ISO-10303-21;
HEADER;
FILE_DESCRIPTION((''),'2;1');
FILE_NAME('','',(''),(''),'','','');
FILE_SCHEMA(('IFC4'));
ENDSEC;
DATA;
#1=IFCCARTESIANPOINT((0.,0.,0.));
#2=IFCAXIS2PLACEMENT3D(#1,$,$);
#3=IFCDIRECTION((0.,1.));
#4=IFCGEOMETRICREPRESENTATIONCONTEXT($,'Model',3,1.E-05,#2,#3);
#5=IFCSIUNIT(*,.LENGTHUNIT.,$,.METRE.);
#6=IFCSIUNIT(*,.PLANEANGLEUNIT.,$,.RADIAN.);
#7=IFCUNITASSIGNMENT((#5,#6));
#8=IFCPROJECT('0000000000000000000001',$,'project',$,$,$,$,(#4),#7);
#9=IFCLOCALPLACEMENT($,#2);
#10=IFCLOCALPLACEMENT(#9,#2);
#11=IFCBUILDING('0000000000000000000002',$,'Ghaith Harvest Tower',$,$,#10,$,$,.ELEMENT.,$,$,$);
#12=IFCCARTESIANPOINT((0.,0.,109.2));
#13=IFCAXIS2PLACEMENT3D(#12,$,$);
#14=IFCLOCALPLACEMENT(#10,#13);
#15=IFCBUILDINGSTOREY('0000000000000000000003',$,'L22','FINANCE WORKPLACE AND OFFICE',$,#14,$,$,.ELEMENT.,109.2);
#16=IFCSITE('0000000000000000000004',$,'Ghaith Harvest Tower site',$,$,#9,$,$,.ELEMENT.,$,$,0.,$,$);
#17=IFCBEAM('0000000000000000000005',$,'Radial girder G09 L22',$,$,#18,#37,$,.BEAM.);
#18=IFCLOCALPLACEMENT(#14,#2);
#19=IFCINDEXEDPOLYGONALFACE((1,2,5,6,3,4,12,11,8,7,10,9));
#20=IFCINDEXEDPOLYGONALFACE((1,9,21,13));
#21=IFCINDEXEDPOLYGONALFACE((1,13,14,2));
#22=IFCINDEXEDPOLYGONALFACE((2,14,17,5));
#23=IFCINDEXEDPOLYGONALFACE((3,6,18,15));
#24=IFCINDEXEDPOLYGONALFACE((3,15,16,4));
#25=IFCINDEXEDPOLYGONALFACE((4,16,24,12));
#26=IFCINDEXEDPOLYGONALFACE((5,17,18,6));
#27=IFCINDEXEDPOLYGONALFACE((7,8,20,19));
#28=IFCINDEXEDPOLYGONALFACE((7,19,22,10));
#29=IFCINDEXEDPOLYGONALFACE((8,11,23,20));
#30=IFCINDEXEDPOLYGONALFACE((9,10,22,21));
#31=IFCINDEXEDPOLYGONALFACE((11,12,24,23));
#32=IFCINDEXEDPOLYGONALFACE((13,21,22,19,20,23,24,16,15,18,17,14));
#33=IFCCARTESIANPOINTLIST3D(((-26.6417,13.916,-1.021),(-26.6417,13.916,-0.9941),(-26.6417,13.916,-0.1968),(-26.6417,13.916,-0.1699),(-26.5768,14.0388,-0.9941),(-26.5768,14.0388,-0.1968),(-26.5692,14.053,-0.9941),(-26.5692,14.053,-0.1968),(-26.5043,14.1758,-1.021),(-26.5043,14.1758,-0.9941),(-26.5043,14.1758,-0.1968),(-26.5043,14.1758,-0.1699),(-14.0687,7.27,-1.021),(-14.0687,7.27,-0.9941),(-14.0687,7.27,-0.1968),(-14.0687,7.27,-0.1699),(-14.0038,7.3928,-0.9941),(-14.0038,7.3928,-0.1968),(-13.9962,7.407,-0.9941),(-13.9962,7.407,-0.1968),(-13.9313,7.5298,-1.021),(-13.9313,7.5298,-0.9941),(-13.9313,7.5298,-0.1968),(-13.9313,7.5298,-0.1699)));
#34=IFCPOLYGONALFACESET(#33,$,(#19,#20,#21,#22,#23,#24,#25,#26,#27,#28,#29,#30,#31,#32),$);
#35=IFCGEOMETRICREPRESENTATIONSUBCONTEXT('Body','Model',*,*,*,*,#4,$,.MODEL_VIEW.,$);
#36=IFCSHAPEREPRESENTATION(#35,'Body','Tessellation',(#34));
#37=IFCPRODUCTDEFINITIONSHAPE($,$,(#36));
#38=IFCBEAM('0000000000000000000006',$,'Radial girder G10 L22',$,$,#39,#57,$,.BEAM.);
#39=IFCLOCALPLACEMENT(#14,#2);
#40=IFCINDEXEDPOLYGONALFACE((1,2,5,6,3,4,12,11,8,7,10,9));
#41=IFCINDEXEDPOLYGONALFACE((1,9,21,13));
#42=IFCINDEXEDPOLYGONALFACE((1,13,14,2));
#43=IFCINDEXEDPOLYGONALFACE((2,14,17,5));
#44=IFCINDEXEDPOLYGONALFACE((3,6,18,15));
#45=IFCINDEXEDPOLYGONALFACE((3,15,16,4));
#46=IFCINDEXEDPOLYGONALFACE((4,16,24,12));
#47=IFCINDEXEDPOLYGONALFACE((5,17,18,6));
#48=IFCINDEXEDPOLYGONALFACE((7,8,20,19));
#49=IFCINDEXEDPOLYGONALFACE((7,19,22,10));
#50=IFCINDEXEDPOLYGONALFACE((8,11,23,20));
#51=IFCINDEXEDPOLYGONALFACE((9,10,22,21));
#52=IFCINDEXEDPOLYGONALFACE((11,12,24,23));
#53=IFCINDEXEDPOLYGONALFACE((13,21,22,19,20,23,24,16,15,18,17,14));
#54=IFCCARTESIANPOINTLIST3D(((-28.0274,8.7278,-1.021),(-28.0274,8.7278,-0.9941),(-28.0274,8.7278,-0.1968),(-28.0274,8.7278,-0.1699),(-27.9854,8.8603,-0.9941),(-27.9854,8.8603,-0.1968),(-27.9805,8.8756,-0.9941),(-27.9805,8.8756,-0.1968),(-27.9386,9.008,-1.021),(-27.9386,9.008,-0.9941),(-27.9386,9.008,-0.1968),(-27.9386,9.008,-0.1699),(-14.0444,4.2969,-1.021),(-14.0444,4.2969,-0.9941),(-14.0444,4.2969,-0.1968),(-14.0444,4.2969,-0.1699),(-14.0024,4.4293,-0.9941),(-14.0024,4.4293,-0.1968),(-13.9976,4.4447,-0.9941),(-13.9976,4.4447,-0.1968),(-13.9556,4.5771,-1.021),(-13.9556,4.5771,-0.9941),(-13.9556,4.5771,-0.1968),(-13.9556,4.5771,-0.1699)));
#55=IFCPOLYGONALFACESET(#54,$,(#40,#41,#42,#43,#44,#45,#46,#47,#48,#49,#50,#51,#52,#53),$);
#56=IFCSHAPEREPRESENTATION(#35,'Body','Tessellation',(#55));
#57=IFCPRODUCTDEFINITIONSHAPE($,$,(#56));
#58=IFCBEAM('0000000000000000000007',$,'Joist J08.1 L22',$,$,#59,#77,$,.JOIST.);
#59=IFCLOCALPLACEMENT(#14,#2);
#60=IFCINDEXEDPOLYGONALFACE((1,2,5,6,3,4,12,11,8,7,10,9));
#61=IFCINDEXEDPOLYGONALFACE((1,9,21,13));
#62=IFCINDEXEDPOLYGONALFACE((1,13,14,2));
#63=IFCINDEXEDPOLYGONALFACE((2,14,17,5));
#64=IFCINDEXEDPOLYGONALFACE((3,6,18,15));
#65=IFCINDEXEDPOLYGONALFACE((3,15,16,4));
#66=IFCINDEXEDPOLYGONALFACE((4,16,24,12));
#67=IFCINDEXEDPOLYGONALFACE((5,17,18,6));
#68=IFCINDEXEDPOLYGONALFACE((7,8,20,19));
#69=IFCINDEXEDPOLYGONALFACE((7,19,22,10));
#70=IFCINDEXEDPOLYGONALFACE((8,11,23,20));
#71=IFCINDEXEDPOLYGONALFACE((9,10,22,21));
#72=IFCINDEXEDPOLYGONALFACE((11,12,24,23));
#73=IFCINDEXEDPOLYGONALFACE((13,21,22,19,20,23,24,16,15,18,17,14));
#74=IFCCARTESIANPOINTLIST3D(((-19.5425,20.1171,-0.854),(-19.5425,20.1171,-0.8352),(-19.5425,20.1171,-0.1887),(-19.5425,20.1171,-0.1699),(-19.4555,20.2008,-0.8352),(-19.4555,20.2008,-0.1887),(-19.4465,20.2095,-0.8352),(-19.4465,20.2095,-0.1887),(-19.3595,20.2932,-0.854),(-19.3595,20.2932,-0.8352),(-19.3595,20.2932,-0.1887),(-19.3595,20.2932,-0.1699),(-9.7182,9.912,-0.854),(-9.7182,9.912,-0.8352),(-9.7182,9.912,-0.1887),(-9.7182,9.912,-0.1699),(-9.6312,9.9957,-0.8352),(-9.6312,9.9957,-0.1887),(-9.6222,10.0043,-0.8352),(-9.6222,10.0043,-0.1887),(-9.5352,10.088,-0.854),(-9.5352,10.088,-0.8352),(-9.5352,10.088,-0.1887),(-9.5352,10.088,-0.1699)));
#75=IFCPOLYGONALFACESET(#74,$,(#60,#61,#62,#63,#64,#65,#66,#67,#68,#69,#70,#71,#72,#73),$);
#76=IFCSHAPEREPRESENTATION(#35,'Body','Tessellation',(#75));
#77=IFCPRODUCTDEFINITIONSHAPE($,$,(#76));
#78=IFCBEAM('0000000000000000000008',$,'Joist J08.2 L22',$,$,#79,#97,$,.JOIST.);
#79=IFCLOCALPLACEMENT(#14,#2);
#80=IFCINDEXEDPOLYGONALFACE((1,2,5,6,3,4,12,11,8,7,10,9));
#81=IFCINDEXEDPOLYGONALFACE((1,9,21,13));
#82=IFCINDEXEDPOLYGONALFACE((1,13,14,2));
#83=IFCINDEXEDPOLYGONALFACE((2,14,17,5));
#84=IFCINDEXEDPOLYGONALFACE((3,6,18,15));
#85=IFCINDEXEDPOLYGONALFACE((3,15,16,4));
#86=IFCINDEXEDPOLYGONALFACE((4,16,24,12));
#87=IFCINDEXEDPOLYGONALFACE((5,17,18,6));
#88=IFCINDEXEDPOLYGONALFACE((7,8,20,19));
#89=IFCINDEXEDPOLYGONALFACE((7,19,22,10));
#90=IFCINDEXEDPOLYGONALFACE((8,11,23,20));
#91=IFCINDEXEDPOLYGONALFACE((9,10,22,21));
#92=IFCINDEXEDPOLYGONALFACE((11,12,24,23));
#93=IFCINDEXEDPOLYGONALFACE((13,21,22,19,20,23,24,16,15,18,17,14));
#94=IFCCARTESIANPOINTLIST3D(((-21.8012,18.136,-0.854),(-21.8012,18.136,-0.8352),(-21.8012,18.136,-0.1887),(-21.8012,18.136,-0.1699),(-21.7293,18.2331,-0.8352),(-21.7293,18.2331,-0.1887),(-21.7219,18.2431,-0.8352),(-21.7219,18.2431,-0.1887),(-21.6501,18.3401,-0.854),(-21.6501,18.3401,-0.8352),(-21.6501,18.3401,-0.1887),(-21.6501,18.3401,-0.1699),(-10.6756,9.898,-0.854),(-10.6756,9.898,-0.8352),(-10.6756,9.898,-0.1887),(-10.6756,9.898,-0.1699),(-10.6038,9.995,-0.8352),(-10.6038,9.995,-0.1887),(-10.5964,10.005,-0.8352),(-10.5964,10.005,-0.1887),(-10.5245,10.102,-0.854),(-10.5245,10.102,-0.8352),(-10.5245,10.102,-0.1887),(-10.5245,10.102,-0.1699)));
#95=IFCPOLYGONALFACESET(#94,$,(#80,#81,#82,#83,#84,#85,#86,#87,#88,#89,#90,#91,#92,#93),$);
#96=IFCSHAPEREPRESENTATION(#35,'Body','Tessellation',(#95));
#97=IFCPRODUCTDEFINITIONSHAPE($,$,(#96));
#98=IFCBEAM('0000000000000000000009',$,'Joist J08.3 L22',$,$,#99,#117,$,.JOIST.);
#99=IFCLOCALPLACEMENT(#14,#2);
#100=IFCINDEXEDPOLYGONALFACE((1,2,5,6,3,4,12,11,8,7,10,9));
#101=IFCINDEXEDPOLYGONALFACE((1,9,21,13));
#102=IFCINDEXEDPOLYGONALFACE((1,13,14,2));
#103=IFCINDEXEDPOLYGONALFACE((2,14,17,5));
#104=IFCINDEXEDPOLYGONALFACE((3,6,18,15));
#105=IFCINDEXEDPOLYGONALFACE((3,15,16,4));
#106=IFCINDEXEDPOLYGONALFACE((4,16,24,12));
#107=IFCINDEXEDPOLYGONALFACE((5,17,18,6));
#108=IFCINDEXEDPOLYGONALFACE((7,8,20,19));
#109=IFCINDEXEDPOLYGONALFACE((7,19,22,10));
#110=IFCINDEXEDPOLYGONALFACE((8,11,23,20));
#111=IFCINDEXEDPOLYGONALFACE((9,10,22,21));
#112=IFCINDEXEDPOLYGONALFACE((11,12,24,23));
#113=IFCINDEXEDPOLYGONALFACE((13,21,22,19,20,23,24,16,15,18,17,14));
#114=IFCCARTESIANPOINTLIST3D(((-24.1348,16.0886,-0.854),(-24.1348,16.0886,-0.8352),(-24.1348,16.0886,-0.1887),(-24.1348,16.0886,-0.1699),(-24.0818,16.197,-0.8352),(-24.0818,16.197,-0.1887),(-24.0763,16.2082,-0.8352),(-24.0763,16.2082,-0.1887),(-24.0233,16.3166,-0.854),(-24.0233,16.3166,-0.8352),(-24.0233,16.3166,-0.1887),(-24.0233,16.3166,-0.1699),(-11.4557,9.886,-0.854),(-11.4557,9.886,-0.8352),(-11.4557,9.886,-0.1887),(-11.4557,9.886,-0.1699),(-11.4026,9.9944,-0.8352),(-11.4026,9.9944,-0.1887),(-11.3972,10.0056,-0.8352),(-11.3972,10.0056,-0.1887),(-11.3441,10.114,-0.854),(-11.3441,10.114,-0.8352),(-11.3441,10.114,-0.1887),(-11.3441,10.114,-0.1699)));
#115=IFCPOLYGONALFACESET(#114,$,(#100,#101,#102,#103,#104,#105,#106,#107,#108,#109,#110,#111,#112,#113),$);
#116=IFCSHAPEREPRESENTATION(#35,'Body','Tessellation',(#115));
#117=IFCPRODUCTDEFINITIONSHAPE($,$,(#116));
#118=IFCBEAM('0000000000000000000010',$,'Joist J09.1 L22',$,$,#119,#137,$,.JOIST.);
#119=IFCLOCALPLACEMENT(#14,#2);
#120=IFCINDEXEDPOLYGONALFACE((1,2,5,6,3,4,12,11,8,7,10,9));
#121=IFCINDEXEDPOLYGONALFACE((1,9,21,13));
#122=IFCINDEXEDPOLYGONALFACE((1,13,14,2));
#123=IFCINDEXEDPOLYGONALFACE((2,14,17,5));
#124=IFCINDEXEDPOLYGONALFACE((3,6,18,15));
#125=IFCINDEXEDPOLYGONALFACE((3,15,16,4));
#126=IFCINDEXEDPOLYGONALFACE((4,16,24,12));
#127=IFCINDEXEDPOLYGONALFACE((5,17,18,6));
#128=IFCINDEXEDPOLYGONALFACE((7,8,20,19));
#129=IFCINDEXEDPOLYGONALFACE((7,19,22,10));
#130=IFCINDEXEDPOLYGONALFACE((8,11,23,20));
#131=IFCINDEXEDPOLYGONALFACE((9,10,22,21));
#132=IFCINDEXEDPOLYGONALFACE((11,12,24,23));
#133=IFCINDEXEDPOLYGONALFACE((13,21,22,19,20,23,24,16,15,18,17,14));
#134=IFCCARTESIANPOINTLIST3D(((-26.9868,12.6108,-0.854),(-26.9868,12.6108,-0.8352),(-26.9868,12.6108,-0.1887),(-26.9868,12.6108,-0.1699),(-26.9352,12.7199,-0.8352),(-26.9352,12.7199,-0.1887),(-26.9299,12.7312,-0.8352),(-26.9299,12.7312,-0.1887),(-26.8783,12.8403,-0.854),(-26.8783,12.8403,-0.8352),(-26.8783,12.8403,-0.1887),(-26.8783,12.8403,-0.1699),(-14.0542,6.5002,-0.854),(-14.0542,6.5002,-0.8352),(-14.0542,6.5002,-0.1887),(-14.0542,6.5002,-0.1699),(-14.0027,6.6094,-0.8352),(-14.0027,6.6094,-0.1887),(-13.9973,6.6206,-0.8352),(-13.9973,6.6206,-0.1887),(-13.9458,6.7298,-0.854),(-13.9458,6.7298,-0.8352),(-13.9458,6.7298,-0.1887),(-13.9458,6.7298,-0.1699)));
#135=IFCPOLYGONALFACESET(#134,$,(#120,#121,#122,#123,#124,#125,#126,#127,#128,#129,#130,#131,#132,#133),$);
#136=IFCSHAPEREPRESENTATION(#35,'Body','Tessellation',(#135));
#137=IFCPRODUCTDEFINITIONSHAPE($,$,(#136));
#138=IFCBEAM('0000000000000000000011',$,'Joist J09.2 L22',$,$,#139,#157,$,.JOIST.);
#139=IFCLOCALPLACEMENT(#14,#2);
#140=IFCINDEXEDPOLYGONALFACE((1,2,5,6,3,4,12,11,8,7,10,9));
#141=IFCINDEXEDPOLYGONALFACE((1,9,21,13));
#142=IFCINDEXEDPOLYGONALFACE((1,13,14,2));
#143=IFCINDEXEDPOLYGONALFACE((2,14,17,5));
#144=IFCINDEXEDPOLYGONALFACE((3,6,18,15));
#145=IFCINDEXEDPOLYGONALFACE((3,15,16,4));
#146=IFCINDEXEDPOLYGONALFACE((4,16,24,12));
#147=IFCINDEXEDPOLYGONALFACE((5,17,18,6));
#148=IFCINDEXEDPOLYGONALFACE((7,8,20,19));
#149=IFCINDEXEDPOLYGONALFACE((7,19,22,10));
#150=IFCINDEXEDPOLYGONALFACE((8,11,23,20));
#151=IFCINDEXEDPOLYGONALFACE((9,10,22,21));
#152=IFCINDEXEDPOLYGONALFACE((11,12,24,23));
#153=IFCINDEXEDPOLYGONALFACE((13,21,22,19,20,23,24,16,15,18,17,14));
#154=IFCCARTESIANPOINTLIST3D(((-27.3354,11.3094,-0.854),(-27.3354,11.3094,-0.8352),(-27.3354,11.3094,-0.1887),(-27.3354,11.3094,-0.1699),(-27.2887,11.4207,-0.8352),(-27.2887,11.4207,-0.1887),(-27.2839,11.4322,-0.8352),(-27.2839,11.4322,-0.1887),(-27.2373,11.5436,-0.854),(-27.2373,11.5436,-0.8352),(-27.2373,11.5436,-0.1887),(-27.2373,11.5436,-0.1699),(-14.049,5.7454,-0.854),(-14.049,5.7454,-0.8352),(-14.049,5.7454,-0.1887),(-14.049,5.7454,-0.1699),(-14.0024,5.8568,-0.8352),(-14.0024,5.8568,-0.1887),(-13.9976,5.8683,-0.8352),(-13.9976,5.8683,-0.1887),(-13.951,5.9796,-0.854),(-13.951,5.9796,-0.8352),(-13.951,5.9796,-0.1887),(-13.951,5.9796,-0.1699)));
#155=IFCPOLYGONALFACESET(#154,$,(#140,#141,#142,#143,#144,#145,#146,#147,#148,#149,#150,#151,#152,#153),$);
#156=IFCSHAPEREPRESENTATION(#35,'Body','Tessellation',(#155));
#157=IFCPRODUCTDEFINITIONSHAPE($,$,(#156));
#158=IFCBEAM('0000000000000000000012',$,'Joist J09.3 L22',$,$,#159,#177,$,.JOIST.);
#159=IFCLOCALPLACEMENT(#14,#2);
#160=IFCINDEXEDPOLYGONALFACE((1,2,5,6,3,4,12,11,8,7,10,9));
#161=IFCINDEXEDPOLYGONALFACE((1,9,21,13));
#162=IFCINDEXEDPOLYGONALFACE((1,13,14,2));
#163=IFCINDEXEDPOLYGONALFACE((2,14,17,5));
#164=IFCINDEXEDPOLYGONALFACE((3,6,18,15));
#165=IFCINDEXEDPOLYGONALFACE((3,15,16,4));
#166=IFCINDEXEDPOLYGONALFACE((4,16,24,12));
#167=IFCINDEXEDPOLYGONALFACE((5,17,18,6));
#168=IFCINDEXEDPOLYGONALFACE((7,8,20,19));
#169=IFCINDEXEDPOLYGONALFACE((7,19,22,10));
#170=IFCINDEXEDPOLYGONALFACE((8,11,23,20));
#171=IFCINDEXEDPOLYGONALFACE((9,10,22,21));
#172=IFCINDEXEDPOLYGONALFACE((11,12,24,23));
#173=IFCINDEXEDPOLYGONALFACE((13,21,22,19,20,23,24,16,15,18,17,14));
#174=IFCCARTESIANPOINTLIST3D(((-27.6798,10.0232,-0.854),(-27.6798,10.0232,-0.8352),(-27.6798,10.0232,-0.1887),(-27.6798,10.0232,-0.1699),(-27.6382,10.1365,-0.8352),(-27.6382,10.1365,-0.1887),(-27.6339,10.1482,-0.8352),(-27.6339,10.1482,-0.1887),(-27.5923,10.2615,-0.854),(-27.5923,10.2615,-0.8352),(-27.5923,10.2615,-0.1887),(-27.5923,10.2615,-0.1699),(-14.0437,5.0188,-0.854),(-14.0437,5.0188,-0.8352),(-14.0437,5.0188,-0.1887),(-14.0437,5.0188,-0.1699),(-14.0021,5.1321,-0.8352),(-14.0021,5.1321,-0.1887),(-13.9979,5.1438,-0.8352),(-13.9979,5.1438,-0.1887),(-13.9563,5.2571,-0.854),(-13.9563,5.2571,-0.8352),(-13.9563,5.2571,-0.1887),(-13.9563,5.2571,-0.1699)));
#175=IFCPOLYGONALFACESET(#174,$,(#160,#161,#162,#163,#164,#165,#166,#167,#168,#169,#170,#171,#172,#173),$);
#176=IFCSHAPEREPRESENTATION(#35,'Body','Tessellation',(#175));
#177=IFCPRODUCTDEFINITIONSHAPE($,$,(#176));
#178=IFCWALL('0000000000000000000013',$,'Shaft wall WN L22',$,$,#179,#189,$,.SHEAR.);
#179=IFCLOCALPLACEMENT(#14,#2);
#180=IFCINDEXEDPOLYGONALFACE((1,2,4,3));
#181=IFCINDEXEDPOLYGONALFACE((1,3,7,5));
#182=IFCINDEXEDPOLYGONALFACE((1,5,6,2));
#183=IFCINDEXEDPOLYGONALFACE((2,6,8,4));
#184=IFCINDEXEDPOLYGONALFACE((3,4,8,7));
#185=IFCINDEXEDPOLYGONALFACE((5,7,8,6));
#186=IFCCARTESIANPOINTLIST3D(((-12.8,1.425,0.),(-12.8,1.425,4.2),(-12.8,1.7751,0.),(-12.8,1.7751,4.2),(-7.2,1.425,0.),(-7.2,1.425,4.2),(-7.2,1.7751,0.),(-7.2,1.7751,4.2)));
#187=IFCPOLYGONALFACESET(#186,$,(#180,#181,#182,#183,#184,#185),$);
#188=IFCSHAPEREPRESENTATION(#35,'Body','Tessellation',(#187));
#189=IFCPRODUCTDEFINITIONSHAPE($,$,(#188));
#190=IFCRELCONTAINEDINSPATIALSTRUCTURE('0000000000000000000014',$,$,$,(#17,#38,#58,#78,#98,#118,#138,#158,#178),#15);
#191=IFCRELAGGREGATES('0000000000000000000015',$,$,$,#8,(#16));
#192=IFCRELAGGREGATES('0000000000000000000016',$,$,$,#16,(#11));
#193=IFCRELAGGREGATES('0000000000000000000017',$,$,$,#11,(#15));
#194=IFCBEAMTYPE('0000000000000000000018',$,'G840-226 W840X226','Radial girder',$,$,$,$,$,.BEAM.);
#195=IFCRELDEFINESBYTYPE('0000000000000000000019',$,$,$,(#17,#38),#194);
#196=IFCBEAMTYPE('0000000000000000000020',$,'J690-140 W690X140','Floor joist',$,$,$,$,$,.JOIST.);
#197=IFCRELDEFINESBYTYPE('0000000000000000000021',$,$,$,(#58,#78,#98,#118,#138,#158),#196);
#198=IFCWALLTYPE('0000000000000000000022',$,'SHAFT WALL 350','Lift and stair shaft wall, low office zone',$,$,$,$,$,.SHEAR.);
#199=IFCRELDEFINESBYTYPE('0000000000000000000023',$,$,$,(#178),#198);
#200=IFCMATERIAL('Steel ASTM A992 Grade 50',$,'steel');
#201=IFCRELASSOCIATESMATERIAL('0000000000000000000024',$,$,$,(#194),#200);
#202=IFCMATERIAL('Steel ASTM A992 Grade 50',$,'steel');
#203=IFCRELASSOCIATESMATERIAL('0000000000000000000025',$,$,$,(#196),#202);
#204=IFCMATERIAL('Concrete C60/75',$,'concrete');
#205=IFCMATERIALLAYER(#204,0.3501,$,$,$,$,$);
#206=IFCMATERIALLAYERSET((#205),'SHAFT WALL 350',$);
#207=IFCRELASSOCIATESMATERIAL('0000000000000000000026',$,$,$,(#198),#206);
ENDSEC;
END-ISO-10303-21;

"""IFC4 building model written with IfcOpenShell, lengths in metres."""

from ifc_helpers import new_model, si_unit, direction, frame, frame_2d, origin, origin_2d, place, context, subcontext, project, spatial, rectangle, i_section, extrude, material, layer, layer_set, material_profile, profile_set, type_object, element, save


model = new_model("IFC4")

# Units and contexts
model_context = context("Model", 3, precision=1e-05, world=origin(), true_north=direction((0.0, 1.0)))
body_context = subcontext(model_context, "Body", "Model", "MODEL_VIEW")
ifc_project = project(units=[si_unit("LENGTHUNIT", "METRE"), si_unit("PLANEANGLEUNIT", "RADIAN")], contexts=[model_context])

# Site, building, storey
site_placement = place(None, origin())
site = spatial("IfcSite", under=ifc_project, at=site_placement, Name="Ghaith Harvest Tower site", CompositionType="ELEMENT", RefElevation=0.0)
building_placement = place(site_placement, origin())
building = spatial("IfcBuilding", under=site, at=building_placement, Name="Ghaith Harvest Tower", CompositionType="ELEMENT")
storey_placement = place(building_placement, frame((0.0, 0.0, 109.2)))
storey = spatial("IfcBuildingStorey", under=building, at=storey_placement, Name="L22", Description="FINANCE WORKPLACE AND OFFICE", CompositionType="ELEMENT", Elevation=109.2)

# Beams
ifc_material_1 = material(Name="Steel ASTM A992 Grade 50", Category="steel")
ifc_material_profile_1 = material_profile(ifc_material_1, i_section(OverallWidth=0.2939, OverallDepth=0.8511, WebThickness=0.0161, FlangeThickness=0.0269, at=origin_2d()), Name="W840X226")
ifc_profile_set_1 = profile_set([ifc_material_profile_1], Name="Steel ASTM A992 Grade 50")
beam_type_1 = type_object("IfcBeamType", Name="G840-226 W840X226", Description="Radial girder", PredefinedType="BEAM", material=ifc_profile_set_1)
beam_1_placement = place(storey_placement, frame((-14.0, 7.3999, -0.5955), z_axis=(-0.884087, 0.467322, 0.0), x_axis=(-0.467322, -0.884087, 0.0)))
element("IfcBeam", 1, at=beam_1_placement, inside=storey, type_object=beam_type_1, Name="Radial girder G09 L22", PredefinedType="BEAM", context=body_context, shape_type="SweptSolid", body=[
    extrude(i_section(OverallWidth=0.2939, OverallDepth=0.8511, WebThickness=0.0161, FlangeThickness=0.0269, at=origin_2d()), origin(), (0.0, 0.0, 1.0), 14.2214),
])
beam_2_placement = place(storey_placement, frame((-14.0, 4.437, -0.5955), z_axis=(-0.953284, 0.302077, 0.0), x_axis=(-0.302077, -0.953284, 0.0)))
element("IfcBeam", 2, at=beam_2_placement, inside=storey, type_object=beam_type_1, Name="Radial girder G10 L22", PredefinedType="BEAM", context=body_context, shape_type="SweptSolid", body=[
    extrude(i_section(OverallWidth=0.2939, OverallDepth=0.8511, WebThickness=0.0161, FlangeThickness=0.0269, at=origin_2d()), origin(), (0.0, 0.0, 1.0), 14.6682),
])
ifc_material_2 = material(Name="Steel ASTM A992 Grade 50", Category="steel")
ifc_material_profile_2 = material_profile(ifc_material_2, i_section(OverallWidth=0.2539, OverallDepth=0.6841, WebThickness=0.0125, FlangeThickness=0.0188, at=origin_2d()), Name="W690X140")
ifc_profile_set_2 = profile_set([ifc_material_profile_2], Name="Steel ASTM A992 Grade 50")
beam_type_2 = type_object("IfcBeamType", Name="J690-140 W690X140", Description="Floor joist", PredefinedType="JOIST", material=ifc_profile_set_2)
beam_3_placement = place(storey_placement, frame((-9.6267, 10.0, -0.512), z_axis=(-0.693536, 0.720422, 0.0), x_axis=(-0.720422, -0.693536, 0.0)))
element("IfcBeam", 3, at=beam_3_placement, inside=storey, type_object=beam_type_2, Name="Joist J08.1 L22", PredefinedType="JOIST", context=body_context, shape_type="SweptSolid", body=[
    extrude(i_section(OverallWidth=0.2539, OverallDepth=0.6841, WebThickness=0.0125, FlangeThickness=0.0188, at=origin_2d()), origin(), (0.0, 0.0, 1.0), 14.1655),
])
beam_4_placement = place(storey_placement, frame((-10.6001, 10.0, -0.512), z_axis=(-0.803663, 0.595085, 0.0), x_axis=(-0.595085, -0.803663, 0.0)))
element("IfcBeam", 4, at=beam_4_placement, inside=storey, type_object=beam_type_2, Name="Joist J08.2 L22", PredefinedType="JOIST", context=body_context, shape_type="SweptSolid", body=[
    extrude(i_section(OverallWidth=0.2539, OverallDepth=0.6841, WebThickness=0.0125, FlangeThickness=0.0188, at=origin_2d()), origin(), (0.0, 0.0, 1.0), 13.8435),
])
beam_5_placement = place(storey_placement, frame((-11.3999, 10.0, -0.512), z_axis=(-0.898275, 0.439434, 0.0), x_axis=(-0.439434, -0.898275, 0.0)))
element("IfcBeam", 5, at=beam_5_placement, inside=storey, type_object=beam_type_2, Name="Joist J08.3 L22", PredefinedType="JOIST", context=body_context, shape_type="SweptSolid", body=[
    extrude(i_section(OverallWidth=0.2539, OverallDepth=0.6841, WebThickness=0.0125, FlangeThickness=0.0188, at=origin_2d()), origin(), (0.0, 0.0, 1.0), 14.115),
])
beam_6_placement = place(storey_placement, frame((-14.0, 6.615, -0.512), z_axis=(-0.904153, 0.427208, 0.0), x_axis=(-0.427208, -0.904153, 0.0)))
element("IfcBeam", 6, at=beam_6_placement, inside=storey, type_object=beam_type_2, Name="Joist J09.1 L22", PredefinedType="JOIST", context=body_context, shape_type="SweptSolid", body=[
    extrude(i_section(OverallWidth=0.2539, OverallDepth=0.6841, WebThickness=0.0125, FlangeThickness=0.0188, at=origin_2d()), origin(), (0.0, 0.0, 1.0), 14.3035),
])
beam_7_placement = place(storey_placement, frame((-14.0, 5.8625, -0.512), z_axis=(-0.922386, 0.38627, 0.0), x_axis=(-0.38627, -0.922386, 0.0)))
element("IfcBeam", 7, at=beam_7_placement, inside=storey, type_object=beam_type_2, Name="Joist J09.2 L22", PredefinedType="JOIST", context=body_context, shape_type="SweptSolid", body=[
    extrude(i_section(OverallWidth=0.2539, OverallDepth=0.6841, WebThickness=0.0125, FlangeThickness=0.0188, at=origin_2d()), origin(), (0.0, 0.0, 1.0), 14.4043),
])
beam_8_placement = place(storey_placement, frame((-14.0, 5.1379, -0.512), z_axis=(-0.938775, 0.34453, 0.0), x_axis=(-0.34453, -0.938775, 0.0)))
element("IfcBeam", 8, at=beam_8_placement, inside=storey, type_object=beam_type_2, Name="Joist J09.3 L22", PredefinedType="JOIST", context=body_context, shape_type="SweptSolid", body=[
    extrude(i_section(OverallWidth=0.2539, OverallDepth=0.6841, WebThickness=0.0125, FlangeThickness=0.0188, at=origin_2d()), origin(), (0.0, 0.0, 1.0), 14.5254),
])

# Wall
ifc_material_3 = material(Name="Concrete C60/75", Category="concrete")
ifc_layer_1 = layer(ifc_material_3, 0.3501)
ifc_layer_set_1 = layer_set([ifc_layer_1], Name="SHAFT WALL 350")
wall_type_1 = type_object("IfcWallType", Name="SHAFT WALL 350", Description="Lift and stair shaft wall, low office zone", PredefinedType="SHEAR", material=ifc_layer_set_1)
wall_1_placement = place(storey_placement, frame((-12.8, 1.6001, 0.0), z_axis=(0.0, 0.0, 1.0), x_axis=(1.0, 0.0, 0.0)))
element("IfcWall", 9, at=wall_1_placement, inside=storey, type_object=wall_type_1, Name="Shaft wall WN L22", PredefinedType="SHEAR", context=body_context, shape_type="SweptSolid", body=[
    extrude(rectangle(XDim=5.6001, YDim=0.3501, at=frame_2d((2.8, 0.0))), origin(), (0.0, 0.0, 1.0), 4.2),
])

save(model, "model.ifc")
